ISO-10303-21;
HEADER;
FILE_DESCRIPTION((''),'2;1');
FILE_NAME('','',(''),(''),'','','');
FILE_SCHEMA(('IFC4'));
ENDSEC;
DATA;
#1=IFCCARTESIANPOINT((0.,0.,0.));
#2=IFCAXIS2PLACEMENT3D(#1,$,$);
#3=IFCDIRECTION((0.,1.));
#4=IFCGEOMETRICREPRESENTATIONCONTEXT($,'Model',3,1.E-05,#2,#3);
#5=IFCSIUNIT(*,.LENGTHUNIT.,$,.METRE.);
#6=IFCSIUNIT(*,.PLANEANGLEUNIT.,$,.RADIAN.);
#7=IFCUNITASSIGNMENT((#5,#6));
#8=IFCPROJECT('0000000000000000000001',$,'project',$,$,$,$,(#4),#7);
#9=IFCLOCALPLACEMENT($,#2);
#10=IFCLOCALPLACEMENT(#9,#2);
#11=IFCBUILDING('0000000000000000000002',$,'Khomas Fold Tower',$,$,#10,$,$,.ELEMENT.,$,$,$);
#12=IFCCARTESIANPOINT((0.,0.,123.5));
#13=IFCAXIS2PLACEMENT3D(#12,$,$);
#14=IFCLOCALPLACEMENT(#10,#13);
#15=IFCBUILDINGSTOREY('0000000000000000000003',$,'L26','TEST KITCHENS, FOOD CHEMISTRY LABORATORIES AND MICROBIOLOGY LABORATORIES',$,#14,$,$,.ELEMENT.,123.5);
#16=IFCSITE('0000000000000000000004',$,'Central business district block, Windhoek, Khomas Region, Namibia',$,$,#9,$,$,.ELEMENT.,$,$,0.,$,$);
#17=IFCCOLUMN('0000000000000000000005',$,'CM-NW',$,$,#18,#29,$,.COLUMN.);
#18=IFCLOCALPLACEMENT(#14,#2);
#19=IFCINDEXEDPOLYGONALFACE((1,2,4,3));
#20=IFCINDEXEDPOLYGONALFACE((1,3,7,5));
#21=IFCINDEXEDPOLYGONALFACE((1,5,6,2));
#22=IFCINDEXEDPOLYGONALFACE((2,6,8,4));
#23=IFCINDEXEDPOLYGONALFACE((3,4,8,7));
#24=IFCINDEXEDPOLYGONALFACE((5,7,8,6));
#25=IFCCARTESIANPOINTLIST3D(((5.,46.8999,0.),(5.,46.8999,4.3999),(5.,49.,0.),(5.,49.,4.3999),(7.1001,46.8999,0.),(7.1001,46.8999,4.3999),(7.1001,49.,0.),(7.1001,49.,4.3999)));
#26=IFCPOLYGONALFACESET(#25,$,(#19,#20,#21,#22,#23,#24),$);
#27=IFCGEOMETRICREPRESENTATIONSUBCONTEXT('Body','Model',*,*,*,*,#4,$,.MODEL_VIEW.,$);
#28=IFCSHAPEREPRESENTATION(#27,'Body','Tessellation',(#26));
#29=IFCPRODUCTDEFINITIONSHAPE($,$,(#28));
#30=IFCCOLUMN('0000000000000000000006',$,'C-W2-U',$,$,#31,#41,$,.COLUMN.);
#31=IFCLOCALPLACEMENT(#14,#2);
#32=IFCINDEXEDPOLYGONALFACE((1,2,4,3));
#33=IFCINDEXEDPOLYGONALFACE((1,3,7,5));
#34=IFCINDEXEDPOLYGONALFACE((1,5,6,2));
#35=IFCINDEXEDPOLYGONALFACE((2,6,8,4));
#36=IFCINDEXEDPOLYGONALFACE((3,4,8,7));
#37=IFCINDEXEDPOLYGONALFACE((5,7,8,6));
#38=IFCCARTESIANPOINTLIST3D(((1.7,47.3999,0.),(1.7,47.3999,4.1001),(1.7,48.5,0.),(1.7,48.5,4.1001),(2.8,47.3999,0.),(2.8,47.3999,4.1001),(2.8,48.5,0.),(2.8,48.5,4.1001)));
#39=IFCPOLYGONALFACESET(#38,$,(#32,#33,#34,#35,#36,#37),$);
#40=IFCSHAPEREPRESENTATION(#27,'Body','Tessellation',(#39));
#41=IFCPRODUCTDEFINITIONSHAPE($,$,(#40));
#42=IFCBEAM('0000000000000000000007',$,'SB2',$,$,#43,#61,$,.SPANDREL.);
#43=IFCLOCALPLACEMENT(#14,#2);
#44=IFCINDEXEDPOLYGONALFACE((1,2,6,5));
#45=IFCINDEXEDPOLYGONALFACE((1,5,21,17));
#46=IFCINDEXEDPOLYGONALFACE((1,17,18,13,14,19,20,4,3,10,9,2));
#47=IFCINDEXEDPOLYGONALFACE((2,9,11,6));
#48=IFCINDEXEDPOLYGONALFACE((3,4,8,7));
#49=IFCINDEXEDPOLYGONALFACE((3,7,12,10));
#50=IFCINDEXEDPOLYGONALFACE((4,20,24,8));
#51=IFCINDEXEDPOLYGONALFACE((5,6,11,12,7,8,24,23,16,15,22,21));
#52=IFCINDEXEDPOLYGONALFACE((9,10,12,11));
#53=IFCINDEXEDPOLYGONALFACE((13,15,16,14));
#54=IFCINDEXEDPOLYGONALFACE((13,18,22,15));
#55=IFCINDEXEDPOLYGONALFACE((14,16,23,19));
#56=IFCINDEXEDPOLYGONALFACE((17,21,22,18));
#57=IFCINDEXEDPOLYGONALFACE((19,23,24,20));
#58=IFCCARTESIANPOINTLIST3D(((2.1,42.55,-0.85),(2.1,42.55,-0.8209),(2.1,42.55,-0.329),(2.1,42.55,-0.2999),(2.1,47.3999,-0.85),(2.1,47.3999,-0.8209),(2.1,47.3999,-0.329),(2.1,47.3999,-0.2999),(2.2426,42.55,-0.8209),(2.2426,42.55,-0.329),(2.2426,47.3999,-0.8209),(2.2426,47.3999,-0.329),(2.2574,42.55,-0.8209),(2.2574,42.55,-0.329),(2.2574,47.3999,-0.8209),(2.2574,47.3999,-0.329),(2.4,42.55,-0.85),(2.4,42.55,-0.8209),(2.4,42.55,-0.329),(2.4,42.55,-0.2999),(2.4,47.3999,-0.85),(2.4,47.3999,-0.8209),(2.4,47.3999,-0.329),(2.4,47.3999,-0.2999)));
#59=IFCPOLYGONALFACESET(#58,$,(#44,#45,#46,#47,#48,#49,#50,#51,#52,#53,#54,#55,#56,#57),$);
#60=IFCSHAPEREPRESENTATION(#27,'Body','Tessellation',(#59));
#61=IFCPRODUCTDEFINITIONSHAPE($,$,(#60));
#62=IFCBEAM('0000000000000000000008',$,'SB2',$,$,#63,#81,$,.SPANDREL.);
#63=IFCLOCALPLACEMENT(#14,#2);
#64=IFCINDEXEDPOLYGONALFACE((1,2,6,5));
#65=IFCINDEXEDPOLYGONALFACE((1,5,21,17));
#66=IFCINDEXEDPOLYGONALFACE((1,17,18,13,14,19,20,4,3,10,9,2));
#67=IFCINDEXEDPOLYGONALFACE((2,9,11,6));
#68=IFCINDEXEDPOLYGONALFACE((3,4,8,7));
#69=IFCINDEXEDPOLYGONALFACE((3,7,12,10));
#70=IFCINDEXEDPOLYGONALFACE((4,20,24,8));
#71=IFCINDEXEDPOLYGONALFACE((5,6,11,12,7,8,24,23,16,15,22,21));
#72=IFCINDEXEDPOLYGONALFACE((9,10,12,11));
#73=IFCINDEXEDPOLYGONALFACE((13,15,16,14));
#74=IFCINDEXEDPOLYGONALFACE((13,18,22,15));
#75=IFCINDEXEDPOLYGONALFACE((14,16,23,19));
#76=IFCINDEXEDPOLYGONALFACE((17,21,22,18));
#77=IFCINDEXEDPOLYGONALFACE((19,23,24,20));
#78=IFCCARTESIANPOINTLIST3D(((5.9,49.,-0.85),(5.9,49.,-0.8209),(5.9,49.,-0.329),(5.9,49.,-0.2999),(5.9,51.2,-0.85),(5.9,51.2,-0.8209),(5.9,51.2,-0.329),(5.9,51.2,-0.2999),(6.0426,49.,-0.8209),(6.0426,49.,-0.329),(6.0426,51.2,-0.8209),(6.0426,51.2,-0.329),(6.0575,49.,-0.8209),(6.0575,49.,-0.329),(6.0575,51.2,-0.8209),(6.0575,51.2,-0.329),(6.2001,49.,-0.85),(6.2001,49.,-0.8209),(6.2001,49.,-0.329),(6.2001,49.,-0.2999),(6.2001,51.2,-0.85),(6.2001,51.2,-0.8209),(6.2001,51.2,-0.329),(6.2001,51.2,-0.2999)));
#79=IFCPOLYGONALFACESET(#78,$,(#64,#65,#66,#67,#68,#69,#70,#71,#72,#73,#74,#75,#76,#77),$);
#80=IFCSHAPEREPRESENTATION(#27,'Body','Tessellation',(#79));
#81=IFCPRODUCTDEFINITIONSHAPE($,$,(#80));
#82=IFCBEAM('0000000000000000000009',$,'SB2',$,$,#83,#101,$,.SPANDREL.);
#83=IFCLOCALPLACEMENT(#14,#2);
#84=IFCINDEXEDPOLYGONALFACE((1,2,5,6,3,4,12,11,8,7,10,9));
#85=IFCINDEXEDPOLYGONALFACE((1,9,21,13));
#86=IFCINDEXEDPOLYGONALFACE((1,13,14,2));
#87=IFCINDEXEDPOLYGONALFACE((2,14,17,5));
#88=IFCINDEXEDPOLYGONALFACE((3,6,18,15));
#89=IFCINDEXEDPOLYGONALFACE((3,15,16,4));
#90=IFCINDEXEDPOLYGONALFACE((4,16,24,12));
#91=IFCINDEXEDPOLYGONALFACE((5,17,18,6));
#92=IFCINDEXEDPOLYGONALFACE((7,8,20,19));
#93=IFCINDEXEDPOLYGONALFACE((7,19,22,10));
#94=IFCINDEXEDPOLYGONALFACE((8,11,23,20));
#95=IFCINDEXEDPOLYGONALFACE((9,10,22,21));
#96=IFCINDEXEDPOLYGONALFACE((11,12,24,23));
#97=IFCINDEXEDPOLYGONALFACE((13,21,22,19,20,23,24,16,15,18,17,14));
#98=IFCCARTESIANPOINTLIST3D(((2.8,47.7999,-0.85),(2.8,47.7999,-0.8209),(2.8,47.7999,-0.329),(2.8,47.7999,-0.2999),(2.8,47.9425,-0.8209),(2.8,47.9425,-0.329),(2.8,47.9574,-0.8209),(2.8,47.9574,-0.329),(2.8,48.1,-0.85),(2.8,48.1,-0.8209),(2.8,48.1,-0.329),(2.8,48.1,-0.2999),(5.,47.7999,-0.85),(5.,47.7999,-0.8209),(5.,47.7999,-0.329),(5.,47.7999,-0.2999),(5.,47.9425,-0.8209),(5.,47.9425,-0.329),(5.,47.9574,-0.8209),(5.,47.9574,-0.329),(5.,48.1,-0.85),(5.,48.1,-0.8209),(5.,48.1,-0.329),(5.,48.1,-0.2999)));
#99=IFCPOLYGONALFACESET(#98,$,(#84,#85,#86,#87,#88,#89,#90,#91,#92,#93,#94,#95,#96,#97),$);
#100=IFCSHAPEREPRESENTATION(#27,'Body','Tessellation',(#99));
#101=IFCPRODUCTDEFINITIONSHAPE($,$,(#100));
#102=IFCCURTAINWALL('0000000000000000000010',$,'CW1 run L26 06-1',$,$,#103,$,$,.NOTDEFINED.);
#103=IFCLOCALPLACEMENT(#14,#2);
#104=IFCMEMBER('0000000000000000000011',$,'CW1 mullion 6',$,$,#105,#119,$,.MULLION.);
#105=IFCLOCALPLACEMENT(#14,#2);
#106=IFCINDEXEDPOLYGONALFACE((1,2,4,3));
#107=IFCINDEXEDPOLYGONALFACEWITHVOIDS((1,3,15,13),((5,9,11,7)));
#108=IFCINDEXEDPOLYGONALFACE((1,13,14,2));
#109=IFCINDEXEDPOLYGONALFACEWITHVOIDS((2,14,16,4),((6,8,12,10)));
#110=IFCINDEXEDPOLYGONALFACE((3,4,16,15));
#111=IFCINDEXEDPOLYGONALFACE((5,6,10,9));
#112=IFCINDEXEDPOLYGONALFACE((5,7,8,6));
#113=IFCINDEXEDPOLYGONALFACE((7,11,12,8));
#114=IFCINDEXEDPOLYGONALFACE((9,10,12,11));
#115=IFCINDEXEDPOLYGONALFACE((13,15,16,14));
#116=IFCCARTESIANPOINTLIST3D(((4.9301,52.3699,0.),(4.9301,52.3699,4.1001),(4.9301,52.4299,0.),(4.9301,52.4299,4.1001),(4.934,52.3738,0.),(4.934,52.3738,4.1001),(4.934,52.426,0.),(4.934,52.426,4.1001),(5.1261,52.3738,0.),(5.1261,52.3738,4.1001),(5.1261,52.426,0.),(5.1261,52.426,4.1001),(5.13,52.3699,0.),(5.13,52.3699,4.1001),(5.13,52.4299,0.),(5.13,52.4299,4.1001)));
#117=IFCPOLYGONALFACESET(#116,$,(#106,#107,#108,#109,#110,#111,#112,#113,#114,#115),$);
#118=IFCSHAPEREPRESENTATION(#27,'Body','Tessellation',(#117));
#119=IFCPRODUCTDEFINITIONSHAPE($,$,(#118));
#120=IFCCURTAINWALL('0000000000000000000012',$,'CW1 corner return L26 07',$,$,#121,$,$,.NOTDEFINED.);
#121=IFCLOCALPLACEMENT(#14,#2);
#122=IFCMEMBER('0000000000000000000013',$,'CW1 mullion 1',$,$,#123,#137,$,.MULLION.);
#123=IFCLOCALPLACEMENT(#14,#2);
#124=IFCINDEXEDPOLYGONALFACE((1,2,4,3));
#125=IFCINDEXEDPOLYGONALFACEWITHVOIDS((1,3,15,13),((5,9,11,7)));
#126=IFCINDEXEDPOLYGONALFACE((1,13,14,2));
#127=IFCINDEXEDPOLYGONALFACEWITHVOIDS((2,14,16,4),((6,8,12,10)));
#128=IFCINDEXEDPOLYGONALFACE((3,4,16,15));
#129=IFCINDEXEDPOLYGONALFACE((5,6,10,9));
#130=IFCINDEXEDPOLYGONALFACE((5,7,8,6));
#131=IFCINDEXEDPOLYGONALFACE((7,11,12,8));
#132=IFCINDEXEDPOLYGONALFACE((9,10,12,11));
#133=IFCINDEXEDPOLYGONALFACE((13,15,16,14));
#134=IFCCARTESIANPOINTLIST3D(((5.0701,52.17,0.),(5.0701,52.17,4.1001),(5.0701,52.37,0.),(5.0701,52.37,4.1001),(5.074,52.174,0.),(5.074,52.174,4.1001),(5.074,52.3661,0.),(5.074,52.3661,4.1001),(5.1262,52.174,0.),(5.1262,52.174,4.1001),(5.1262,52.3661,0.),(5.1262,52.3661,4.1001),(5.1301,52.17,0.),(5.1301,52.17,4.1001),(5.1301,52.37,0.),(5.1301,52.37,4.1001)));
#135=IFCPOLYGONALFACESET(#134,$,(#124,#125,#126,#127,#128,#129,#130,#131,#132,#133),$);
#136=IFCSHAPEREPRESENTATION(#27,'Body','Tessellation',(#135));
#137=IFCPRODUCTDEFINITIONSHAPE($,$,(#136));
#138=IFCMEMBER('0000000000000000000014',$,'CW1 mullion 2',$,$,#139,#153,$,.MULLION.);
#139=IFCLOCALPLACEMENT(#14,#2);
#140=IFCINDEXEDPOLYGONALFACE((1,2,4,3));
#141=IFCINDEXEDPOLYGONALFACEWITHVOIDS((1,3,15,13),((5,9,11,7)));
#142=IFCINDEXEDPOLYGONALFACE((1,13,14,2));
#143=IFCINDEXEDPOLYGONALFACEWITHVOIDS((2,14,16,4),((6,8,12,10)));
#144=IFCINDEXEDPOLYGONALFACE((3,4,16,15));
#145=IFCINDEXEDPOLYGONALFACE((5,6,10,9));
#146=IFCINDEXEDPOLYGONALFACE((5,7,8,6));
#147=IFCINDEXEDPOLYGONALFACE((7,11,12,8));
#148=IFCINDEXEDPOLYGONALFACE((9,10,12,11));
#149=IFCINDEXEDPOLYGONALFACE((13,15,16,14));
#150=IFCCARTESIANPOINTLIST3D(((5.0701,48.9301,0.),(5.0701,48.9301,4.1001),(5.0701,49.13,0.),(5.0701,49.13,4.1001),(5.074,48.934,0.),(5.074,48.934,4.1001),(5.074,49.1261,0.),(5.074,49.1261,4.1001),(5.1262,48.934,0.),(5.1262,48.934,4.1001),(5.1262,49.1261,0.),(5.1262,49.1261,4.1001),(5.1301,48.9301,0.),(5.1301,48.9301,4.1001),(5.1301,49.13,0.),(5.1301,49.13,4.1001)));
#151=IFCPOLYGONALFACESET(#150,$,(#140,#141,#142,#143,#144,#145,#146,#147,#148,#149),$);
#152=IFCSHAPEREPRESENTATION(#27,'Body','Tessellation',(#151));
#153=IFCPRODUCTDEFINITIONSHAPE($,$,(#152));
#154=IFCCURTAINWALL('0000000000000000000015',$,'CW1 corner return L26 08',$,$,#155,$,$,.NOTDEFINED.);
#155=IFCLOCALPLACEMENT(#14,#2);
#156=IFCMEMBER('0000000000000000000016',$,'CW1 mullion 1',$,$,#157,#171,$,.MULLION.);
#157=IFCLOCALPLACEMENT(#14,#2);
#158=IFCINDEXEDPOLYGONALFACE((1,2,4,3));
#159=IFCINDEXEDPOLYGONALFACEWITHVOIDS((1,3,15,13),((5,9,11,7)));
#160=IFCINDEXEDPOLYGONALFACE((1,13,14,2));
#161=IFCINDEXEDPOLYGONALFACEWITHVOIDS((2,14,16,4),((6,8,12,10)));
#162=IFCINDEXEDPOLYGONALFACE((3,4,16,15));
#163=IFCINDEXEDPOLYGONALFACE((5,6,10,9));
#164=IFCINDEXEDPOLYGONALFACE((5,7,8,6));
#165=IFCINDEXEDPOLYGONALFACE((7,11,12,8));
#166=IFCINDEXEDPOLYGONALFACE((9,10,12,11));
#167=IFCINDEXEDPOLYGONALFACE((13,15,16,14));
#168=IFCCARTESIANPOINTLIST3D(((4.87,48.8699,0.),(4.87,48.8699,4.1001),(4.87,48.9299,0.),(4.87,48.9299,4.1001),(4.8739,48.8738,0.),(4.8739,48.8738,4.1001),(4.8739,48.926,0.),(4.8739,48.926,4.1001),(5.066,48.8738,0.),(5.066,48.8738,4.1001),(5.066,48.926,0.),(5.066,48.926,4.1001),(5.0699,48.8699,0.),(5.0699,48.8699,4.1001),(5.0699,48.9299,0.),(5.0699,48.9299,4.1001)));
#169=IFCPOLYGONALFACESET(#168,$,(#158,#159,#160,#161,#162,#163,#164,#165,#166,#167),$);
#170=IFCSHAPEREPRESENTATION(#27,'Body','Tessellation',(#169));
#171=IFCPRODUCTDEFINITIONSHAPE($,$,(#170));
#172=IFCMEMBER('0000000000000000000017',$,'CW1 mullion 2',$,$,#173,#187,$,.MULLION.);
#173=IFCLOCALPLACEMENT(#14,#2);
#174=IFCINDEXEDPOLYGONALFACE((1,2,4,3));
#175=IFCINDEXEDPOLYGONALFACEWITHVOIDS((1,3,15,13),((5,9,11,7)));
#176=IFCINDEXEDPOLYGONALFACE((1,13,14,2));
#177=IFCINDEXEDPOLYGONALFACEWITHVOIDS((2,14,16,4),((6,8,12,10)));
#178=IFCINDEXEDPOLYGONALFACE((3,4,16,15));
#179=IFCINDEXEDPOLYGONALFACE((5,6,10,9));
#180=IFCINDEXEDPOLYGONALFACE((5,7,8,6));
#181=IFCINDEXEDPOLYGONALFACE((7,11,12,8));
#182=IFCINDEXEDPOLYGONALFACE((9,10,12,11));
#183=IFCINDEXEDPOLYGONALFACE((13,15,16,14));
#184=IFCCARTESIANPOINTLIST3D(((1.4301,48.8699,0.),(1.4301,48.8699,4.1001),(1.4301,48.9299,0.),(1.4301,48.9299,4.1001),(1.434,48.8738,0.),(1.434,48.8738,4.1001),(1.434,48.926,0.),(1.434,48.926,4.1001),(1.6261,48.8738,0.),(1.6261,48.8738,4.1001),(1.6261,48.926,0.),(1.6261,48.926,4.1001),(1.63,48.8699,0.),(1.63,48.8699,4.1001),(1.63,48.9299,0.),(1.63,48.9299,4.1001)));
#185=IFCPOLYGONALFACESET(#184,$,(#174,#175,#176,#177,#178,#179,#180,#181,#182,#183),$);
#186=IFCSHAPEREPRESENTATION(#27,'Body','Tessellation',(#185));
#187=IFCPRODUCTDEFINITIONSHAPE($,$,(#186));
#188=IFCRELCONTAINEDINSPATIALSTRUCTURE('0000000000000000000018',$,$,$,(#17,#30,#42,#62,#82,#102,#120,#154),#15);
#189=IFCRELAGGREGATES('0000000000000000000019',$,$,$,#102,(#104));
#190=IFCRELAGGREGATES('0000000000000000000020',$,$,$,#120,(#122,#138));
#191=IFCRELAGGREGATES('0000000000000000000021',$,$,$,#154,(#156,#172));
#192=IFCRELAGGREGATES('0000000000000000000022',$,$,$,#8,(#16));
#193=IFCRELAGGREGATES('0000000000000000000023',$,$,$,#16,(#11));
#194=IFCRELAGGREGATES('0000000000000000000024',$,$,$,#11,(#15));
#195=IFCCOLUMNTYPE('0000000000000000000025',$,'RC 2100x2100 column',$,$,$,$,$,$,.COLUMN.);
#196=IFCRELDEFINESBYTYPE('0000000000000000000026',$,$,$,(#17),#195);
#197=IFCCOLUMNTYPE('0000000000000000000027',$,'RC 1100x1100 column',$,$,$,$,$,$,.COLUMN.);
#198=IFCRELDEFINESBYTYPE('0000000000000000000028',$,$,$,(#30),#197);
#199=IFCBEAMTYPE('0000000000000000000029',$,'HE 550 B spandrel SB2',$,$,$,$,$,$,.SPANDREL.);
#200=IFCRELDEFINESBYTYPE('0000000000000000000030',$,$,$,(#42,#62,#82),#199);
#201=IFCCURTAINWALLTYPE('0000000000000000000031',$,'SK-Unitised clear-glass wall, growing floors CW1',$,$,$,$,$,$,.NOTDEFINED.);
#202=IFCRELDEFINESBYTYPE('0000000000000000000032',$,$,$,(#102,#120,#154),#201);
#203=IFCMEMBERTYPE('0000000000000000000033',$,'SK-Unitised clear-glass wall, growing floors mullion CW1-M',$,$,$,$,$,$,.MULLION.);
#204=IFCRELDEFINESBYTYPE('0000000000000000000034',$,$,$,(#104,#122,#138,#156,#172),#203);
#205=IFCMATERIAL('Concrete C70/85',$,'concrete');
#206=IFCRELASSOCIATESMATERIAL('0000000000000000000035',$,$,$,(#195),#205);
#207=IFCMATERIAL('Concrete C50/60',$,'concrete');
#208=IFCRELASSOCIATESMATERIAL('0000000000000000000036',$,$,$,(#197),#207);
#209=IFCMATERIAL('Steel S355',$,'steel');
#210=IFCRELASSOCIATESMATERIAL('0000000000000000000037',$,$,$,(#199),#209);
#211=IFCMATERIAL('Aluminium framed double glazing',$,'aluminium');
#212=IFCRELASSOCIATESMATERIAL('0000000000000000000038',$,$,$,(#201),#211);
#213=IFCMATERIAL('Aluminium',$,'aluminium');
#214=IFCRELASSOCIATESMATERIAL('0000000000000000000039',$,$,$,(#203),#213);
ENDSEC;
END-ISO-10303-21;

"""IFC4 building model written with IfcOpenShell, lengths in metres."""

from ifc_helpers import new_model, si_unit, direction, frame, origin, origin_2d, place, context, subcontext, project, spatial, rectangle, hollow_rectangle, i_section, extrude, source, transform, mapped, material, material_profile, profile_set, type_object, element, aggregate, save


model = new_model("IFC4")

# Units and contexts
model_context = context("Model", 3, precision=1e-05, world=origin(), true_north=direction((0.0, 1.0)))
body_context = subcontext(model_context, "Body", "Model", "MODEL_VIEW")
ifc_project = project(units=[si_unit("LENGTHUNIT", "METRE"), si_unit("PLANEANGLEUNIT", "RADIAN")], contexts=[model_context])

# Site, building, storey
site_placement = place(None, origin())
site = spatial("IfcSite", under=ifc_project, at=site_placement, Name="Central business district block, Windhoek, Khomas Region, Namibia", CompositionType="ELEMENT", RefElevation=0.0)
building_placement = place(site_placement, origin())
building = spatial("IfcBuilding", under=site, at=building_placement, Name="Khomas Fold Tower", CompositionType="ELEMENT")
storey_placement = place(building_placement, frame((0.0, 0.0, 123.5)))
storey = spatial("IfcBuildingStorey", under=building, at=storey_placement, Name="L26", Description="TEST KITCHENS, FOOD CHEMISTRY LABORATORIES AND MICROBIOLOGY LABORATORIES", CompositionType="ELEMENT", Elevation=123.5)

# Columns
ifc_material_1 = material(Name="Concrete C70/85", Category="concrete")
ifc_material_profile_1 = material_profile(ifc_material_1, rectangle(XDim=2.1001, YDim=2.1001, at=origin_2d()), Name="RC 2100x2100")
ifc_profile_set_1 = profile_set([ifc_material_profile_1], Name="Concrete C70/85")
column_type_1 = type_object("IfcColumnType", Name="RC 2100x2100 column", PredefinedType="COLUMN", material=ifc_profile_set_1)
shared_shape_1 = source(origin(), body_context, "Body", "SweptSolid", [
    extrude(rectangle(XDim=2.1001, YDim=2.1001, at=origin_2d()), origin(), (0.0, 0.0, 1.0), 4.3999),
])
column_1_placement = place(storey_placement, frame((6.05, 47.95, 0.0), z_axis=(0.0, 0.0, 1.0), x_axis=(1.0, 0.0, 0.0)))
element("IfcColumn", 1, at=column_1_placement, inside=storey, type_object=column_type_1, Name="CM-NW", PredefinedType="COLUMN", context=body_context, shape_type="MappedRepresentation", body=[
    mapped(shared_shape_1, transform((0.0, 0.0, 0.0))),
])
ifc_material_2 = material(Name="Concrete C50/60", Category="concrete")
ifc_material_profile_2 = material_profile(ifc_material_2, rectangle(XDim=1.1001, YDim=1.1001, at=origin_2d()), Name="RC 1100x1100")
ifc_profile_set_2 = profile_set([ifc_material_profile_2], Name="Concrete C50/60")
column_type_2 = type_object("IfcColumnType", Name="RC 1100x1100 column", PredefinedType="COLUMN", material=ifc_profile_set_2)
shared_shape_2 = source(origin(), body_context, "Body", "SweptSolid", [
    extrude(rectangle(XDim=1.1001, YDim=1.1001, at=origin_2d()), origin(), (0.0, 0.0, 1.0), 4.1001),
])
column_2_placement = place(storey_placement, frame((2.25, 47.95, 0.0), z_axis=(0.0, 0.0, 1.0), x_axis=(1.0, 0.0, 0.0)))
element("IfcColumn", 2, at=column_2_placement, inside=storey, type_object=column_type_2, Name="C-W2-U", PredefinedType="COLUMN", context=body_context, shape_type="MappedRepresentation", body=[
    mapped(shared_shape_2, transform((0.0, 0.0, 0.0))),
])

# Beams
ifc_material_3 = material(Name="Steel S355", Category="steel")
ifc_material_profile_3 = material_profile(ifc_material_3, i_section(OverallWidth=0.3, OverallDepth=0.55, WebThickness=0.0149, FlangeThickness=0.0291, at=origin_2d()), Name="HE 550 B")
ifc_profile_set_3 = profile_set([ifc_material_profile_3], Name="Steel S355")
beam_type = type_object("IfcBeamType", Name="HE 550 B spandrel SB2", PredefinedType="SPANDREL", material=ifc_profile_set_3)
shared_shape_3 = source(origin(), body_context, "Body", "SweptSolid", [
    extrude(i_section(OverallWidth=0.3, OverallDepth=0.55, WebThickness=0.0149, FlangeThickness=0.0291, at=origin_2d()), origin(), (0.0, 0.0, 1.0), 4.8499),
])
beam_placement = place(storey_placement, frame((2.25, 42.55, -0.575), z_axis=(0.0, 1.0, 0.0), x_axis=(-1.0, 0.0, 0.0)))
element("IfcBeam", 3, at=beam_placement, inside=storey, type_object=beam_type, Name="SB2", PredefinedType="SPANDREL", context=body_context, shape_type="MappedRepresentation", body=[
    mapped(shared_shape_3, transform((0.0, 0.0, 0.0))),
])
shared_shape_4 = source(origin(), body_context, "Body", "SweptSolid", [
    extrude(i_section(OverallWidth=0.3, OverallDepth=0.55, WebThickness=0.0149, FlangeThickness=0.0291, at=origin_2d()), origin(), (0.0, 0.0, 1.0), 2.2),
])
for number, where, z_axis, x_axis, name in (
    (4, (6.05, 49.0, -0.575), (0.0, 1.0, 0.0), (-1.0, 0.0, 0.0), "SB2"),
    (5, (2.8, 47.95, -0.575), (1.0, 0.0, 0.0), (0.0, 1.0, 0.0), "SB2"),
):
    element("IfcBeam", number, at=place(storey_placement, frame(where, z_axis=z_axis, x_axis=x_axis)), inside=storey, type_object=beam_type, Name=name, PredefinedType="SPANDREL", context=body_context, shape_type="MappedRepresentation", body=[
        mapped(shared_shape_4, transform((0.0, 0.0, 0.0))),
    ])

# Curtain wall, member
ifc_material_4 = material(Name="Aluminium framed double glazing", Category="aluminium")
curtain_wall_type = type_object("IfcCurtainWallType", Name="SK-Unitised clear-glass wall, growing floors CW1", PredefinedType="NOTDEFINED", material=ifc_material_4)
curtain_wall_1_placement = place(storey_placement, origin())
curtain_wall_1 = element("IfcCurtainWall", 6, at=curtain_wall_1_placement, inside=storey, type_object=curtain_wall_type, Name="CW1 run L26 06-1", PredefinedType="NOTDEFINED")
ifc_material_5 = material(Name="Aluminium", Category="aluminium")
ifc_material_profile_4 = material_profile(ifc_material_5, hollow_rectangle(XDim=0.0601, YDim=0.2, WallThickness=0.0039, at=origin_2d()), Name="SK-Unitised clear-glass wall, growing floors mullion CW1-M")
ifc_profile_set_4 = profile_set([ifc_material_profile_4], Name="Aluminium")
member_type_1 = type_object("IfcMemberType", Name="SK-Unitised clear-glass wall, growing floors mullion CW1-M", PredefinedType="MULLION", material=ifc_profile_set_4)
shared_shape_5 = source(origin(), body_context, "Body", "SweptSolid", [
    extrude(hollow_rectangle(XDim=0.0601, YDim=0.2, WallThickness=0.0039, at=origin_2d()), origin(), (0.0, 0.0, 1.0), 4.1001),
])
member_1_placement = place(storey_placement, frame((5.03, 52.3999, 0.0), z_axis=(0.0, 0.0, 1.0), x_axis=(0.0, -1.0, 0.0)))
member_1 = element("IfcMember", 7, at=member_1_placement, type_object=member_type_1, Name="CW1 mullion 6", PredefinedType="MULLION", context=body_context, shape_type="MappedRepresentation", body=[
    mapped(shared_shape_5, transform((0.0, 0.0, 0.0))),
])

# Curtain walls, members
curtain_wall_2_placement = place(storey_placement, origin())
curtain_wall_2 = element("IfcCurtainWall", 8, at=curtain_wall_2_placement, inside=storey, type_object=curtain_wall_type, Name="CW1 corner return L26 07", PredefinedType="NOTDEFINED")
member_2_placement = place(storey_placement, frame((5.1001, 52.27, 0.0), z_axis=(0.0, 0.0, 1.0), x_axis=(1.0, 0.0, 0.0)))
member_2 = element("IfcMember", 9, at=member_2_placement, type_object=member_type_1, Name="CW1 mullion 1", PredefinedType="MULLION", context=body_context, shape_type="MappedRepresentation", body=[
    mapped(shared_shape_5, transform((0.0, 0.0, 0.0))),
])
member_3_placement = place(storey_placement, frame((5.1001, 49.03, 0.0), z_axis=(0.0, 0.0, 1.0), x_axis=(1.0, 0.0, 0.0)))
member_3 = element("IfcMember", 10, at=member_3_placement, type_object=member_type_1, Name="CW1 mullion 2", PredefinedType="MULLION", context=body_context, shape_type="MappedRepresentation", body=[
    mapped(shared_shape_5, transform((0.0, 0.0, 0.0))),
])
curtain_wall_3_placement = place(storey_placement, origin())
curtain_wall_3 = element("IfcCurtainWall", 11, at=curtain_wall_3_placement, inside=storey, type_object=curtain_wall_type, Name="CW1 corner return L26 08", PredefinedType="NOTDEFINED")
member_4_placement = place(storey_placement, frame((4.97, 48.8999, 0.0), z_axis=(0.0, 0.0, 1.0), x_axis=(0.0, -1.0, 0.0)))
member_4 = element("IfcMember", 12, at=member_4_placement, type_object=member_type_1, Name="CW1 mullion 1", PredefinedType="MULLION", context=body_context, shape_type="MappedRepresentation", body=[
    mapped(shared_shape_5, transform((0.0, 0.0, 0.0))),
])
member_5_placement = place(storey_placement, frame((1.53, 48.8999, 0.0), z_axis=(0.0, 0.0, 1.0), x_axis=(0.0, -1.0, 0.0)))
member_5 = element("IfcMember", 13, at=member_5_placement, type_object=member_type_1, Name="CW1 mullion 2", PredefinedType="MULLION", context=body_context, shape_type="MappedRepresentation", body=[
    mapped(shared_shape_5, transform((0.0, 0.0, 0.0))),
])

aggregate(curtain_wall_1, [member_1])
aggregate(curtain_wall_2, [member_2, member_3])
aggregate(curtain_wall_3, [member_4, member_5])

save(model, "model.ifc")
